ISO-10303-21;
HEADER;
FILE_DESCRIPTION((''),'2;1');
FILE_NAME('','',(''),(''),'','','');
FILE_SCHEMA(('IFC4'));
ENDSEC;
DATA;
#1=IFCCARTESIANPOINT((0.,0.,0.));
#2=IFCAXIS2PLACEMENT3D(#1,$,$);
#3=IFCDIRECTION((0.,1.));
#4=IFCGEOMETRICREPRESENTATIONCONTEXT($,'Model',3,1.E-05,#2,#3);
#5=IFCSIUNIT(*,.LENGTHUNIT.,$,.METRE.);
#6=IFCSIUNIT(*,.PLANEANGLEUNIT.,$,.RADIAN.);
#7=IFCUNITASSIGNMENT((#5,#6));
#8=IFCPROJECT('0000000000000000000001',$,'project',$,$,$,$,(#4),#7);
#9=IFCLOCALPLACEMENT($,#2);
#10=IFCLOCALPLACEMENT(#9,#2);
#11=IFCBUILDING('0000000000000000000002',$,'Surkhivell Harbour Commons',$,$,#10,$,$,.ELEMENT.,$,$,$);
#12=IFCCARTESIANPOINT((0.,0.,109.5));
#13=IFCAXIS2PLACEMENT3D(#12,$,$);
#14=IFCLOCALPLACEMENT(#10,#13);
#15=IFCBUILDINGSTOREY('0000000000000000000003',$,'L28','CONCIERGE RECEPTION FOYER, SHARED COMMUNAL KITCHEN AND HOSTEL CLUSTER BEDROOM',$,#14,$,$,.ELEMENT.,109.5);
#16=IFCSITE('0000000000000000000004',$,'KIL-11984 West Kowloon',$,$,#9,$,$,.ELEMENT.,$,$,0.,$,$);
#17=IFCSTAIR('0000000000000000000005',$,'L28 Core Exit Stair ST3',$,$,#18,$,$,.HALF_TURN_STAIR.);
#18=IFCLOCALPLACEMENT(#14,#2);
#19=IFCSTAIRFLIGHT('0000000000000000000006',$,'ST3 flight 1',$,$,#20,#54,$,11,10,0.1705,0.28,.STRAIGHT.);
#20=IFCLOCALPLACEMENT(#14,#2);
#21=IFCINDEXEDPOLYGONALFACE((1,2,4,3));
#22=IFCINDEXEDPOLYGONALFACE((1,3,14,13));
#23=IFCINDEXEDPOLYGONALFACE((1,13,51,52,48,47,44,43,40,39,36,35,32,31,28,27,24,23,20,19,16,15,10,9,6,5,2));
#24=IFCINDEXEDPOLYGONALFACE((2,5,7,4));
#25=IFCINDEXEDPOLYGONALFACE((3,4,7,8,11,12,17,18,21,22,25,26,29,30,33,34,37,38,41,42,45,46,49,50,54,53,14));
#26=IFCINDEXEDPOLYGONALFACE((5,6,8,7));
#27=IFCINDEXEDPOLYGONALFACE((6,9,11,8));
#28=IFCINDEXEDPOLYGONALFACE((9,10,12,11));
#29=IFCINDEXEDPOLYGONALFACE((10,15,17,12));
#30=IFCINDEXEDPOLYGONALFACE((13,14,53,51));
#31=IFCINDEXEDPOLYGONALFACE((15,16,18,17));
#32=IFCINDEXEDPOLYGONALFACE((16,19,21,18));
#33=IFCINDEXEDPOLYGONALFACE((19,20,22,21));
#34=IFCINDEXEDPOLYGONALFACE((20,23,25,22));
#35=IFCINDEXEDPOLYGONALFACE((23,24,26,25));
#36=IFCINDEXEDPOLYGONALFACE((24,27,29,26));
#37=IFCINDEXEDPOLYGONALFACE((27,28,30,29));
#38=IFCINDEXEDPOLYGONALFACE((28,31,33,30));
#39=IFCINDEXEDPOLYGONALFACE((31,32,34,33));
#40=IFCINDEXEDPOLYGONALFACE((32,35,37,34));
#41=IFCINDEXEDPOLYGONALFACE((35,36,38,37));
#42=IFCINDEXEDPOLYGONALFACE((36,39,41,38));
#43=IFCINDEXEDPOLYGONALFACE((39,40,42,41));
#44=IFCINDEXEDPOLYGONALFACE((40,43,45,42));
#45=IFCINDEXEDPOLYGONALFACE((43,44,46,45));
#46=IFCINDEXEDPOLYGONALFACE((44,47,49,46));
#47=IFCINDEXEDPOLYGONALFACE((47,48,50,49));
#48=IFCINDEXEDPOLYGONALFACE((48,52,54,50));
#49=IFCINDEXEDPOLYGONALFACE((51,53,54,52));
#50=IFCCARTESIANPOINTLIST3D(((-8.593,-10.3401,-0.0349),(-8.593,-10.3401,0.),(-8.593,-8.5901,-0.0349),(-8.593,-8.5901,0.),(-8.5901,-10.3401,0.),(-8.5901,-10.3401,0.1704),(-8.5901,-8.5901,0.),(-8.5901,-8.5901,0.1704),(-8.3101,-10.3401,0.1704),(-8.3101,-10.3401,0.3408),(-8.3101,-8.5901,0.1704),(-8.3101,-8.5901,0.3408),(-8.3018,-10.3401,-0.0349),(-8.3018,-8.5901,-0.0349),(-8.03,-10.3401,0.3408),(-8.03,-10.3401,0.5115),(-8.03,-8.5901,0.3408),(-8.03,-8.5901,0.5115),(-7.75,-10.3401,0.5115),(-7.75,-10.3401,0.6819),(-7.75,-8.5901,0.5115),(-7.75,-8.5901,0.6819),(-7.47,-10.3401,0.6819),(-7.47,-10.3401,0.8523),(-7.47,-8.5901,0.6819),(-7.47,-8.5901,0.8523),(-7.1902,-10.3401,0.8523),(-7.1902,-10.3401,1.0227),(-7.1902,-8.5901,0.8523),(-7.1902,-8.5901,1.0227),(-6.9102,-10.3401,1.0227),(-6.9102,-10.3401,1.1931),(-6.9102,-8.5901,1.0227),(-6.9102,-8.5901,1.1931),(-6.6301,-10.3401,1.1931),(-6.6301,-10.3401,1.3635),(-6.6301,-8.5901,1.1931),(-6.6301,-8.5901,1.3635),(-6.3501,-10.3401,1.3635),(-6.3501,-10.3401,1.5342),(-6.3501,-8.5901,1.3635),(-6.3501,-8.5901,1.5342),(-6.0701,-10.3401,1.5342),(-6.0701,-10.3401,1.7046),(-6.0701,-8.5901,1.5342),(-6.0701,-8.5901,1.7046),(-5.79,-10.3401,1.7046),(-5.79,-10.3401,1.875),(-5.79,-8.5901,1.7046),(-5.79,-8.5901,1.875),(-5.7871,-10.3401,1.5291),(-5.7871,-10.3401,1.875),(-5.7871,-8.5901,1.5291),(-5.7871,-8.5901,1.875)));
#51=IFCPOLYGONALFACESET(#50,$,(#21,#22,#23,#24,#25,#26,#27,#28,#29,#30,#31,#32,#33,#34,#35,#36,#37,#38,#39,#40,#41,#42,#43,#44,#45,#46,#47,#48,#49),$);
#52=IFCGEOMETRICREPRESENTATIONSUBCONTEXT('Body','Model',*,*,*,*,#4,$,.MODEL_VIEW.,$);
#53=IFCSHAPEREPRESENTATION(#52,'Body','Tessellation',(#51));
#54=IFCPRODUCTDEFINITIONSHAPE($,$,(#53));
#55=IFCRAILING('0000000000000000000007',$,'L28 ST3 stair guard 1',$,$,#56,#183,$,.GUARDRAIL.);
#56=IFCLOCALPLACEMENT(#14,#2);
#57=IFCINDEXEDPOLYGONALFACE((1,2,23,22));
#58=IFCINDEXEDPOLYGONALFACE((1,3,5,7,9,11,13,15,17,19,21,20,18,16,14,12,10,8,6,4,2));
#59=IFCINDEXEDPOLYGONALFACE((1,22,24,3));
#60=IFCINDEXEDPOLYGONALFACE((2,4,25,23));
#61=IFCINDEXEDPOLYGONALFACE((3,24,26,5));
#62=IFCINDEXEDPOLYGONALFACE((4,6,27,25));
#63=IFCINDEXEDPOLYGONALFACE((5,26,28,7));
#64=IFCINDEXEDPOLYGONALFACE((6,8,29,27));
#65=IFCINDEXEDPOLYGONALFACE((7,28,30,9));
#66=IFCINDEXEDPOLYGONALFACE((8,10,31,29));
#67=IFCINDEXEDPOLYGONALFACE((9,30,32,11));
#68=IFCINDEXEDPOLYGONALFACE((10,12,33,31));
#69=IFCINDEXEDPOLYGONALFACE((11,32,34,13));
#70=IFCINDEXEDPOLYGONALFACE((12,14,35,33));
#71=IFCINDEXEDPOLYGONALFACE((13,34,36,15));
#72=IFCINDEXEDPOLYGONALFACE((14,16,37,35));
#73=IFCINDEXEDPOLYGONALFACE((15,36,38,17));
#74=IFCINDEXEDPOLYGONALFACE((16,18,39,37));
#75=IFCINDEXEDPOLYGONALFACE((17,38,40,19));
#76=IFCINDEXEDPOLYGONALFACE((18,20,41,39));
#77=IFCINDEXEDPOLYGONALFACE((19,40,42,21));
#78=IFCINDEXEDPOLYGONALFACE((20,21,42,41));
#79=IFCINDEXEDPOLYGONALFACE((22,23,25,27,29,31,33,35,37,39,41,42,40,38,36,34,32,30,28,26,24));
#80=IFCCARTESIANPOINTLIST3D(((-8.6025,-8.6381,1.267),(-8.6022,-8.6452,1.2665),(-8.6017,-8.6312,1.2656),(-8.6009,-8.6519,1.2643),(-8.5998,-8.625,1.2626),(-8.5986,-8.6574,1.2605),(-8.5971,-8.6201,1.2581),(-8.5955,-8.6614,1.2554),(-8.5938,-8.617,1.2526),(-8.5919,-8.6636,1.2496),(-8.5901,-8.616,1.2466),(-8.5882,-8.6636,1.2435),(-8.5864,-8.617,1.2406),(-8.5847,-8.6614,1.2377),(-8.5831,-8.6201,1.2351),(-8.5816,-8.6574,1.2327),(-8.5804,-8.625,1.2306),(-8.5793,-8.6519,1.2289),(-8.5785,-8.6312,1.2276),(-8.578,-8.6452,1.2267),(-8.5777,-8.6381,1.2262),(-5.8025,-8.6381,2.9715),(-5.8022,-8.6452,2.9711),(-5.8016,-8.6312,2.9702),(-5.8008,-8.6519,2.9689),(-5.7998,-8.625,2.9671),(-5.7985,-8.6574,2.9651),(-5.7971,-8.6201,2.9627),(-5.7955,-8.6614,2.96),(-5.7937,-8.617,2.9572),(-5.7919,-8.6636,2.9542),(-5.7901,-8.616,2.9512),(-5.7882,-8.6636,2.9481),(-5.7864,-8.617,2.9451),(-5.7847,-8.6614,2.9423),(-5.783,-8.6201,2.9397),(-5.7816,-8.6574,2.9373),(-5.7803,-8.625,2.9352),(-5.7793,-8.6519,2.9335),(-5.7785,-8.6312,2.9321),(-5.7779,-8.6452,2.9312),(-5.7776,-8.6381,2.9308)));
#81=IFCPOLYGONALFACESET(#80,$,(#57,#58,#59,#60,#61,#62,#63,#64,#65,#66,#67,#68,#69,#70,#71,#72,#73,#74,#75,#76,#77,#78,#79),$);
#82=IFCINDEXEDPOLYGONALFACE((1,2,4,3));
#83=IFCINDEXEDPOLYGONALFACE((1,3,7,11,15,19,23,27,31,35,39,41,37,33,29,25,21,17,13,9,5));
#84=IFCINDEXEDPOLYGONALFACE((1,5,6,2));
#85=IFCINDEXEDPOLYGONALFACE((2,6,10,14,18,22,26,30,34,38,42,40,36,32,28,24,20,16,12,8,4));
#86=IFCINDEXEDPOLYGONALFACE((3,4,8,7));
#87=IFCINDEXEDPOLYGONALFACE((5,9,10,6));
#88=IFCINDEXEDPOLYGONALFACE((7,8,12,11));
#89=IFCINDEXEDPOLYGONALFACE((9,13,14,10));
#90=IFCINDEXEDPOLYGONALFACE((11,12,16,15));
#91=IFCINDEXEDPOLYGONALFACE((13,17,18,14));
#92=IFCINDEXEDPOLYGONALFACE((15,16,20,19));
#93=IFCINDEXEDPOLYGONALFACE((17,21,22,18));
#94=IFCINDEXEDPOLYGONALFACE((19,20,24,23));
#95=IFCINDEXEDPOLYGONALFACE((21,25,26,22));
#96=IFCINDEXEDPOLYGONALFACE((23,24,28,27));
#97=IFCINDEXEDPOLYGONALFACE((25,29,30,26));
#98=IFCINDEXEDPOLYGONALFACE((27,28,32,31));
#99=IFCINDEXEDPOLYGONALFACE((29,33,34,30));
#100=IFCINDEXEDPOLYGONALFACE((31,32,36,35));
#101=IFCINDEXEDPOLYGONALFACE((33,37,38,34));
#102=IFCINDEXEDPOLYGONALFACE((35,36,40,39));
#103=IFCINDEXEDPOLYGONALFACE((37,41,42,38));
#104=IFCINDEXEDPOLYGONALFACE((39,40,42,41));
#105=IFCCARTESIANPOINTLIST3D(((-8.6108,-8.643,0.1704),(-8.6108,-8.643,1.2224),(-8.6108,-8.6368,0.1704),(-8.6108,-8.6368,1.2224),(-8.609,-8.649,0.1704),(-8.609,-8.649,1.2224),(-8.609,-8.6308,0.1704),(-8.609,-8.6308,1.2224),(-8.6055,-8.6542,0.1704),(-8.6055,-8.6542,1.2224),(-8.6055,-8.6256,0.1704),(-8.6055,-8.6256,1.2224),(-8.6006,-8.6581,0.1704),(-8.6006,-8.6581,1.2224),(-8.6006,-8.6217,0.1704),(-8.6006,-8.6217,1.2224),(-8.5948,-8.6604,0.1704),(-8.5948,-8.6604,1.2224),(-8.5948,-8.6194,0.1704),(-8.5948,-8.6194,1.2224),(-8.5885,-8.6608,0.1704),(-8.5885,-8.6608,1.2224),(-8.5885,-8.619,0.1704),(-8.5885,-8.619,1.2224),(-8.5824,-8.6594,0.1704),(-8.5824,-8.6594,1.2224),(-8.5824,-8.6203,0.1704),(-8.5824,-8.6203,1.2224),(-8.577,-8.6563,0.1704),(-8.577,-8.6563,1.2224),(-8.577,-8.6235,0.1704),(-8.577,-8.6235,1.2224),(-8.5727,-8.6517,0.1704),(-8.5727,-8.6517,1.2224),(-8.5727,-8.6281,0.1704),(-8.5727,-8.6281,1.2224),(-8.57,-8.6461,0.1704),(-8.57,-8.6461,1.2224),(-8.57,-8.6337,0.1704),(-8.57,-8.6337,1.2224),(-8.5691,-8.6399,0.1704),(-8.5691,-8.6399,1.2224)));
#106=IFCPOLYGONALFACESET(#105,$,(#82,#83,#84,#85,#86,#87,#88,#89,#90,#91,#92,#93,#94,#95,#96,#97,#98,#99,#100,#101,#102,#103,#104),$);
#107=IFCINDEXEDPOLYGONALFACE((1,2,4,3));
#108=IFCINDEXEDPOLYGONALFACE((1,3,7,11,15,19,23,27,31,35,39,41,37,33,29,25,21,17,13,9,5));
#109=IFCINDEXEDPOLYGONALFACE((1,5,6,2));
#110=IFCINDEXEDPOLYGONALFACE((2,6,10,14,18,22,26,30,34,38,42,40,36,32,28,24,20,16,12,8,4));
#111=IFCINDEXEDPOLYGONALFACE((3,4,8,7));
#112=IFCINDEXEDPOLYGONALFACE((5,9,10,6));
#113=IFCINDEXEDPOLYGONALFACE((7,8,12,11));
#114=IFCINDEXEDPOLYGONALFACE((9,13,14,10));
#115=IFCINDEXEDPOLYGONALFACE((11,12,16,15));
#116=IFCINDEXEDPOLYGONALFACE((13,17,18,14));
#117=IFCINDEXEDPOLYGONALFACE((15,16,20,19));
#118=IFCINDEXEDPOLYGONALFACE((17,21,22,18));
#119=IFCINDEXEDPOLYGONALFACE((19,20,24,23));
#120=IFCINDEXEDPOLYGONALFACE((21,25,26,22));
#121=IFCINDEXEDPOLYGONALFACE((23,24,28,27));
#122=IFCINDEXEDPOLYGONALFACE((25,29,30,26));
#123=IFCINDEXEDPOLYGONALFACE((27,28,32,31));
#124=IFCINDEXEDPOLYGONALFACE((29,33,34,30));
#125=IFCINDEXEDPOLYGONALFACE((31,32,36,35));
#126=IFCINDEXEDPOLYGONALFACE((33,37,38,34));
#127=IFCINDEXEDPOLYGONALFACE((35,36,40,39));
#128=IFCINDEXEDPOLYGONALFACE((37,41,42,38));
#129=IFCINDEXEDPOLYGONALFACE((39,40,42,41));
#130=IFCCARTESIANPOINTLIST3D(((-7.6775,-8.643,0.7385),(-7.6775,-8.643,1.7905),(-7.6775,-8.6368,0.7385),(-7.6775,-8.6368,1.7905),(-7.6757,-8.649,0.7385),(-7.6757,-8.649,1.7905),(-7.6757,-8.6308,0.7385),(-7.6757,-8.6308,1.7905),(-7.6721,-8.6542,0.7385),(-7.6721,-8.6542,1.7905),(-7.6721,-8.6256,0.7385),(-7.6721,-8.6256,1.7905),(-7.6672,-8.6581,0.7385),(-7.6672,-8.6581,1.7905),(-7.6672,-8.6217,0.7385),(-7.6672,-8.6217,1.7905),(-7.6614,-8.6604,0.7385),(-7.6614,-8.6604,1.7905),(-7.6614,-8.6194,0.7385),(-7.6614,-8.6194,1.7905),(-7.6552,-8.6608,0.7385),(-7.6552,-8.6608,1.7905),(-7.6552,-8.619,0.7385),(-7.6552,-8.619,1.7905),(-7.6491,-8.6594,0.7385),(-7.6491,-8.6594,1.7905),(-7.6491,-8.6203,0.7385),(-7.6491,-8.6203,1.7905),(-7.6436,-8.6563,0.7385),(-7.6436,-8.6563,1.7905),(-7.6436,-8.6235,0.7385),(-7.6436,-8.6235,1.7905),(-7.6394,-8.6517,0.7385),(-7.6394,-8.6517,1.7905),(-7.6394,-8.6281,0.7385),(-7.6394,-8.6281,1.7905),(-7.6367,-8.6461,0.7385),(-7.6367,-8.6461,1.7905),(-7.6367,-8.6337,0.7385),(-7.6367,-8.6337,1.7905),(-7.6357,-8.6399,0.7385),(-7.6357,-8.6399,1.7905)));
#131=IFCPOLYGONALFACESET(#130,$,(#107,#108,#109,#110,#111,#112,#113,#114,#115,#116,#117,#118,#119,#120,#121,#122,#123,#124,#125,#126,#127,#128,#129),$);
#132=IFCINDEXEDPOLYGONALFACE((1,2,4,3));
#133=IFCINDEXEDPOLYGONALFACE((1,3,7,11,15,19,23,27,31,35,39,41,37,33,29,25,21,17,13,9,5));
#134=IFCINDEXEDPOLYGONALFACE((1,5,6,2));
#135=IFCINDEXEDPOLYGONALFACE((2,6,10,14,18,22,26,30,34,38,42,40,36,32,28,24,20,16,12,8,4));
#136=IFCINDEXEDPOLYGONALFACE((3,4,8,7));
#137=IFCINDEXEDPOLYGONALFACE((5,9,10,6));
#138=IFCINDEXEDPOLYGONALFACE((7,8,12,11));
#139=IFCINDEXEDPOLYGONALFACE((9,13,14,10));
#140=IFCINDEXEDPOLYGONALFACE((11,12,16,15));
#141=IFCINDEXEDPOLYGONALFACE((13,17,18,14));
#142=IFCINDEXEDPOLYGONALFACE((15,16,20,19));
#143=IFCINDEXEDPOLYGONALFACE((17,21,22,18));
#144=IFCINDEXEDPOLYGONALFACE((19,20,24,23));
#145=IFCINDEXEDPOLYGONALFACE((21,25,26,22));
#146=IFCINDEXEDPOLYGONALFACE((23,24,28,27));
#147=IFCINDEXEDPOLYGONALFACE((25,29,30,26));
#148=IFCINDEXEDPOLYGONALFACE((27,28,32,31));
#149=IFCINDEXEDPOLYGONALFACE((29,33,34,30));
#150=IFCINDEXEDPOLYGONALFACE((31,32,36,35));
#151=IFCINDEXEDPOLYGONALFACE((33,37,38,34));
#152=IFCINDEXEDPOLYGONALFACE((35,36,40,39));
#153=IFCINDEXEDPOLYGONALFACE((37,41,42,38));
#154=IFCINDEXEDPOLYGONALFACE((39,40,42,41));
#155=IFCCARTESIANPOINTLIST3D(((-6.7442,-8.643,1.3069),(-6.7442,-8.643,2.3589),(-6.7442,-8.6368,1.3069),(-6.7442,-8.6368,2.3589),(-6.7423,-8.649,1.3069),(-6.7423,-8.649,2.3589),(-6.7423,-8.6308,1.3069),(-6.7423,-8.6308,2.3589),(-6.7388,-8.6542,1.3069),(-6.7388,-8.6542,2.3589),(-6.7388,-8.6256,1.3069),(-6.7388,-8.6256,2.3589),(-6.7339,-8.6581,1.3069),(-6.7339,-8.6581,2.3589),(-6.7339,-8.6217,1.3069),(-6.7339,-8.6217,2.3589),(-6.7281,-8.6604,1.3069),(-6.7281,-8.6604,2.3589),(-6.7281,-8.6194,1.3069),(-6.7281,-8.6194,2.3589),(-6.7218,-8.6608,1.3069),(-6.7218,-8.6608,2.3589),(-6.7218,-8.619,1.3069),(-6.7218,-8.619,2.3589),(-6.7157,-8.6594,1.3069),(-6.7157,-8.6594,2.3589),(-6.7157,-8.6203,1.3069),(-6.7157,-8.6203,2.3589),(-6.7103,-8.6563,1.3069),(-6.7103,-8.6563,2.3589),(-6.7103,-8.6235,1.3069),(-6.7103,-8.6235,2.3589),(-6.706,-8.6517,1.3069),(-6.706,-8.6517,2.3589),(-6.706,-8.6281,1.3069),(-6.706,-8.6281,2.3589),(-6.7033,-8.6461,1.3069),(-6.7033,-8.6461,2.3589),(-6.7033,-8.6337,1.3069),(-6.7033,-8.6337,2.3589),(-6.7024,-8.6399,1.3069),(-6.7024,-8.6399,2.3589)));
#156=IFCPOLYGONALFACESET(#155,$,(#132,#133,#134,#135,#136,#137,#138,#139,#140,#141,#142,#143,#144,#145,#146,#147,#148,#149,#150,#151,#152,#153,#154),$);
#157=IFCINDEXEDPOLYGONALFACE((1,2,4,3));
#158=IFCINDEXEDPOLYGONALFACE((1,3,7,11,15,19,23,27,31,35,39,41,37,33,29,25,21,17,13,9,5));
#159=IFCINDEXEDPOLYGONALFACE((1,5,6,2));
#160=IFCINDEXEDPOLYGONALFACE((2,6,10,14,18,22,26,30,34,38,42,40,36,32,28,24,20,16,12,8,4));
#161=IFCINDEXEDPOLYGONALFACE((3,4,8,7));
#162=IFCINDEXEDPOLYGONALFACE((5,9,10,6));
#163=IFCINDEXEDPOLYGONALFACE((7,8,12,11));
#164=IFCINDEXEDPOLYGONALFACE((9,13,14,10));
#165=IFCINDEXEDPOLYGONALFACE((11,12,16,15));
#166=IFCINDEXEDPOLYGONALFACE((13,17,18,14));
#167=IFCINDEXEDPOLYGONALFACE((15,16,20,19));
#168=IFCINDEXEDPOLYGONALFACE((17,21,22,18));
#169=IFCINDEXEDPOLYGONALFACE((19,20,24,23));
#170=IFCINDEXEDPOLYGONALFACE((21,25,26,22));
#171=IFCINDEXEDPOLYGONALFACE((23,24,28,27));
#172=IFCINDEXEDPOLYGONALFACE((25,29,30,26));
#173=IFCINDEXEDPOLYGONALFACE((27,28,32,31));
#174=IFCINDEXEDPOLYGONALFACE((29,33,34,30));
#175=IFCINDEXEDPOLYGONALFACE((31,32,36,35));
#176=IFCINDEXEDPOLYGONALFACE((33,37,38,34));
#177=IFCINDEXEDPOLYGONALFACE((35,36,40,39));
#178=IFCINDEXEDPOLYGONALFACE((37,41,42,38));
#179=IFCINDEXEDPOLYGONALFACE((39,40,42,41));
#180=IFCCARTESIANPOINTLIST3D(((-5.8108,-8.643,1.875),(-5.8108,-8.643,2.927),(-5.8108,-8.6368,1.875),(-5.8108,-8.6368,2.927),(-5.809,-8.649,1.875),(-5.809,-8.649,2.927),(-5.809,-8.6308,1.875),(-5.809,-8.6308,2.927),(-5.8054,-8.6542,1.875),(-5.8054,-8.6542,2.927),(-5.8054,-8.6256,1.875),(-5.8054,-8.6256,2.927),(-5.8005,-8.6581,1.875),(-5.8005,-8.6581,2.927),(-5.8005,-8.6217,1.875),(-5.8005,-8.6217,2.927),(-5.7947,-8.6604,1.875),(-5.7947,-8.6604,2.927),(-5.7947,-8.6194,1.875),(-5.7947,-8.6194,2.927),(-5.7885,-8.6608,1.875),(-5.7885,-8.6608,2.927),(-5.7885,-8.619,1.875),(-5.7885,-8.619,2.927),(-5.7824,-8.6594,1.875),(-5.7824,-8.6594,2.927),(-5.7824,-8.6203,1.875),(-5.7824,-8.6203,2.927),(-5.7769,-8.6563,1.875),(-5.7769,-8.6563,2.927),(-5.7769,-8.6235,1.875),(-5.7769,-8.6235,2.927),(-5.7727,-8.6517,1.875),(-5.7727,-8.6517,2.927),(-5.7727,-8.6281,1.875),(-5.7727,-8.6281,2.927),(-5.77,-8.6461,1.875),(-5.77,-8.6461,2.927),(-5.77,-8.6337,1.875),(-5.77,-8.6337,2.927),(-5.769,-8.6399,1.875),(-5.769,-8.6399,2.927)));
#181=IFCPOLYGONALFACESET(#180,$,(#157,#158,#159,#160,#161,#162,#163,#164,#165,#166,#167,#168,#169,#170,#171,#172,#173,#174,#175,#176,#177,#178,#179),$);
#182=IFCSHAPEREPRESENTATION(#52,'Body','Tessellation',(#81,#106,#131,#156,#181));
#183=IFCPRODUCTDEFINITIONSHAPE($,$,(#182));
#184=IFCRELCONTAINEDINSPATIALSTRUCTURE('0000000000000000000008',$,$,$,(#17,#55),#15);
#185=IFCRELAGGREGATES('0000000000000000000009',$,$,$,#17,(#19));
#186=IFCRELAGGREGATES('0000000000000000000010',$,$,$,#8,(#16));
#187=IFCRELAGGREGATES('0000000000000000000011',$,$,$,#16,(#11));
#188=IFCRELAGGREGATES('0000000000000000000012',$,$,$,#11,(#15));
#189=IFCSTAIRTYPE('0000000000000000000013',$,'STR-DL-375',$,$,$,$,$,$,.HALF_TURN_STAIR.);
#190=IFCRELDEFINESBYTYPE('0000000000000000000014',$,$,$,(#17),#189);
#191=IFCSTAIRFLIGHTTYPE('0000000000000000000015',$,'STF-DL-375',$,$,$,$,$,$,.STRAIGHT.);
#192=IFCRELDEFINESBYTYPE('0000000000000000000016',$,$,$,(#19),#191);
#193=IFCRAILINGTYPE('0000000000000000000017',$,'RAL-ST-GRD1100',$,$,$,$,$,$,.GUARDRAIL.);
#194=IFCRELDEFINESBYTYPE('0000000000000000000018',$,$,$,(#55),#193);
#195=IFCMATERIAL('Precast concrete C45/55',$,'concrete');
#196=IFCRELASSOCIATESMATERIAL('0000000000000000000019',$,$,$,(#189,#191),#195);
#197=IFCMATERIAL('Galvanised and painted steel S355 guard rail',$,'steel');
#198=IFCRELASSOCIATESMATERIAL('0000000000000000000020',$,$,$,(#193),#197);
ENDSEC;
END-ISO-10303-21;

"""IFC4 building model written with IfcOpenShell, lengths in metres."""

from ifc_helpers import new_model, si_unit, direction, frame, origin, origin_2d, place, context, subcontext, project, spatial, polyline, circle, outline, extrude, material, type_object, element, aggregate, save


model = new_model("IFC4")

# Units and contexts
model_context = context("Model", 3, precision=1e-05, world=origin(), true_north=direction((0.0, 1.0)))
body_context = subcontext(model_context, "Body", "Model", "MODEL_VIEW")
ifc_project = project(units=[si_unit("LENGTHUNIT", "METRE"), si_unit("PLANEANGLEUNIT", "RADIAN")], contexts=[model_context])

# Site, building, storey
site_placement = place(None, origin())
site = spatial("IfcSite", under=ifc_project, at=site_placement, Name="KIL-11984 West Kowloon", CompositionType="ELEMENT", RefElevation=0.0)
building_placement = place(site_placement, origin())
building = spatial("IfcBuilding", under=site, at=building_placement, Name="Surkhivell Harbour Commons", CompositionType="ELEMENT")
storey_placement = place(building_placement, frame((0.0, 0.0, 109.5)))
storey = spatial("IfcBuildingStorey", under=building, at=storey_placement, Name="L28", Description="CONCIERGE RECEPTION FOYER, SHARED COMMUNAL KITCHEN AND HOSTEL CLUSTER BEDROOM", CompositionType="ELEMENT", Elevation=109.5)

# Stair, stair flight
ifc_material_1 = material(Name="Precast concrete C45/55", Category="concrete")
stair_type = type_object("IfcStairType", Name="STR-DL-375", PredefinedType="HALF_TURN_STAIR", material=ifc_material_1)
stair_placement = place(storey_placement, origin())
stair = element("IfcStair", 1, at=stair_placement, inside=storey, type_object=stair_type, Name="L28 Core Exit Stair ST3", PredefinedType="HALF_TURN_STAIR")
stair_flight_type = type_object("IfcStairFlightType", Name="STF-DL-375", PredefinedType="STRAIGHT", material=ifc_material_1)
stair_flight_placement = place(storey_placement, frame((-8.5901, -9.4651, 0.0), z_axis=(0.0, 0.0, 1.0), x_axis=(1.0, 0.0, 0.0)))
stair_flight = element("IfcStairFlight", 2, at=stair_flight_placement, type_object=stair_flight_type, Name="ST3 flight 1", NumberOfRisers=11, NumberOfTreads=10, PredefinedType="STRAIGHT", RiserHeight=0.1705, TreadLength=0.28, context=body_context, shape_type="SweptSolid", body=[
    extrude(outline(polyline([(-0.0029, -0.0349), (-0.0029, 0.0), (0.0, 0.0), (0.0, 0.1704), (0.28, 0.1704), (0.28, 0.3408), (0.5601, 0.3408), (0.5601, 0.5115), (0.8401, 0.5115), (0.8401, 0.6819), (1.1201, 0.6819), (1.1201, 0.8523), (1.3999, 0.8523), (1.3999, 1.0227), (1.6799, 1.0227), (1.6799, 1.1931), (1.96, 1.1931), (1.96, 1.3635), (2.24, 1.3635), (2.24, 1.5342), (2.52, 1.5342), (2.52, 1.7046), (2.8, 1.7046), (2.8, 1.875), (2.803, 1.875), (2.803, 1.5291), (0.2883, -0.0349), (-0.0029, -0.0349)])), frame((0.0, 0.875, 0.0), z_axis=(0.0, -1.0, 0.0), x_axis=(1.0, 0.0, 0.0)), (0.0, 0.0, 1.0), 1.75),
])
aggregate(stair, [stair_flight])

# Railing
ifc_material_2 = material(Name="Galvanised and painted steel S355 guard rail", Category="steel")
railing_type_1 = type_object("IfcRailingType", Name="RAL-ST-GRD1100", PredefinedType="GUARDRAIL", material=ifc_material_2)
railing_1_placement = place(storey_placement, frame((-8.5901, -8.6399, 0.1704)))
element("IfcRailing", 3, at=railing_1_placement, inside=storey, type_object=railing_type_1, Name="L28 ST3 stair guard 1", PredefinedType="GUARDRAIL", context=body_context, shape_type="SweptSolid", body=[
    extrude(circle(Radius=0.0239, at=origin_2d()), frame((0.0, 0.0, 1.0762), z_axis=(0.85417, 0.0, 0.519994), x_axis=(0.0, 1.0, 0.0)), (0.0, 0.0, 1.0), 3.2781),
    extrude(circle(Radius=0.021, at=origin_2d()), origin(), (0.0, 0.0, 1.0), 1.052),
    extrude(circle(Radius=0.021, at=origin_2d()), frame((0.9333, 0.0, 0.5681)), (0.0, 0.0, 1.0), 1.052),
    extrude(circle(Radius=0.021, at=origin_2d()), frame((1.8667, 0.0, 1.1365)), (0.0, 0.0, 1.0), 1.052),
    extrude(circle(Radius=0.021, at=origin_2d()), frame((2.8, 0.0, 1.7046)), (0.0, 0.0, 1.0), 1.052),
])

save(model, "model.ifc")
